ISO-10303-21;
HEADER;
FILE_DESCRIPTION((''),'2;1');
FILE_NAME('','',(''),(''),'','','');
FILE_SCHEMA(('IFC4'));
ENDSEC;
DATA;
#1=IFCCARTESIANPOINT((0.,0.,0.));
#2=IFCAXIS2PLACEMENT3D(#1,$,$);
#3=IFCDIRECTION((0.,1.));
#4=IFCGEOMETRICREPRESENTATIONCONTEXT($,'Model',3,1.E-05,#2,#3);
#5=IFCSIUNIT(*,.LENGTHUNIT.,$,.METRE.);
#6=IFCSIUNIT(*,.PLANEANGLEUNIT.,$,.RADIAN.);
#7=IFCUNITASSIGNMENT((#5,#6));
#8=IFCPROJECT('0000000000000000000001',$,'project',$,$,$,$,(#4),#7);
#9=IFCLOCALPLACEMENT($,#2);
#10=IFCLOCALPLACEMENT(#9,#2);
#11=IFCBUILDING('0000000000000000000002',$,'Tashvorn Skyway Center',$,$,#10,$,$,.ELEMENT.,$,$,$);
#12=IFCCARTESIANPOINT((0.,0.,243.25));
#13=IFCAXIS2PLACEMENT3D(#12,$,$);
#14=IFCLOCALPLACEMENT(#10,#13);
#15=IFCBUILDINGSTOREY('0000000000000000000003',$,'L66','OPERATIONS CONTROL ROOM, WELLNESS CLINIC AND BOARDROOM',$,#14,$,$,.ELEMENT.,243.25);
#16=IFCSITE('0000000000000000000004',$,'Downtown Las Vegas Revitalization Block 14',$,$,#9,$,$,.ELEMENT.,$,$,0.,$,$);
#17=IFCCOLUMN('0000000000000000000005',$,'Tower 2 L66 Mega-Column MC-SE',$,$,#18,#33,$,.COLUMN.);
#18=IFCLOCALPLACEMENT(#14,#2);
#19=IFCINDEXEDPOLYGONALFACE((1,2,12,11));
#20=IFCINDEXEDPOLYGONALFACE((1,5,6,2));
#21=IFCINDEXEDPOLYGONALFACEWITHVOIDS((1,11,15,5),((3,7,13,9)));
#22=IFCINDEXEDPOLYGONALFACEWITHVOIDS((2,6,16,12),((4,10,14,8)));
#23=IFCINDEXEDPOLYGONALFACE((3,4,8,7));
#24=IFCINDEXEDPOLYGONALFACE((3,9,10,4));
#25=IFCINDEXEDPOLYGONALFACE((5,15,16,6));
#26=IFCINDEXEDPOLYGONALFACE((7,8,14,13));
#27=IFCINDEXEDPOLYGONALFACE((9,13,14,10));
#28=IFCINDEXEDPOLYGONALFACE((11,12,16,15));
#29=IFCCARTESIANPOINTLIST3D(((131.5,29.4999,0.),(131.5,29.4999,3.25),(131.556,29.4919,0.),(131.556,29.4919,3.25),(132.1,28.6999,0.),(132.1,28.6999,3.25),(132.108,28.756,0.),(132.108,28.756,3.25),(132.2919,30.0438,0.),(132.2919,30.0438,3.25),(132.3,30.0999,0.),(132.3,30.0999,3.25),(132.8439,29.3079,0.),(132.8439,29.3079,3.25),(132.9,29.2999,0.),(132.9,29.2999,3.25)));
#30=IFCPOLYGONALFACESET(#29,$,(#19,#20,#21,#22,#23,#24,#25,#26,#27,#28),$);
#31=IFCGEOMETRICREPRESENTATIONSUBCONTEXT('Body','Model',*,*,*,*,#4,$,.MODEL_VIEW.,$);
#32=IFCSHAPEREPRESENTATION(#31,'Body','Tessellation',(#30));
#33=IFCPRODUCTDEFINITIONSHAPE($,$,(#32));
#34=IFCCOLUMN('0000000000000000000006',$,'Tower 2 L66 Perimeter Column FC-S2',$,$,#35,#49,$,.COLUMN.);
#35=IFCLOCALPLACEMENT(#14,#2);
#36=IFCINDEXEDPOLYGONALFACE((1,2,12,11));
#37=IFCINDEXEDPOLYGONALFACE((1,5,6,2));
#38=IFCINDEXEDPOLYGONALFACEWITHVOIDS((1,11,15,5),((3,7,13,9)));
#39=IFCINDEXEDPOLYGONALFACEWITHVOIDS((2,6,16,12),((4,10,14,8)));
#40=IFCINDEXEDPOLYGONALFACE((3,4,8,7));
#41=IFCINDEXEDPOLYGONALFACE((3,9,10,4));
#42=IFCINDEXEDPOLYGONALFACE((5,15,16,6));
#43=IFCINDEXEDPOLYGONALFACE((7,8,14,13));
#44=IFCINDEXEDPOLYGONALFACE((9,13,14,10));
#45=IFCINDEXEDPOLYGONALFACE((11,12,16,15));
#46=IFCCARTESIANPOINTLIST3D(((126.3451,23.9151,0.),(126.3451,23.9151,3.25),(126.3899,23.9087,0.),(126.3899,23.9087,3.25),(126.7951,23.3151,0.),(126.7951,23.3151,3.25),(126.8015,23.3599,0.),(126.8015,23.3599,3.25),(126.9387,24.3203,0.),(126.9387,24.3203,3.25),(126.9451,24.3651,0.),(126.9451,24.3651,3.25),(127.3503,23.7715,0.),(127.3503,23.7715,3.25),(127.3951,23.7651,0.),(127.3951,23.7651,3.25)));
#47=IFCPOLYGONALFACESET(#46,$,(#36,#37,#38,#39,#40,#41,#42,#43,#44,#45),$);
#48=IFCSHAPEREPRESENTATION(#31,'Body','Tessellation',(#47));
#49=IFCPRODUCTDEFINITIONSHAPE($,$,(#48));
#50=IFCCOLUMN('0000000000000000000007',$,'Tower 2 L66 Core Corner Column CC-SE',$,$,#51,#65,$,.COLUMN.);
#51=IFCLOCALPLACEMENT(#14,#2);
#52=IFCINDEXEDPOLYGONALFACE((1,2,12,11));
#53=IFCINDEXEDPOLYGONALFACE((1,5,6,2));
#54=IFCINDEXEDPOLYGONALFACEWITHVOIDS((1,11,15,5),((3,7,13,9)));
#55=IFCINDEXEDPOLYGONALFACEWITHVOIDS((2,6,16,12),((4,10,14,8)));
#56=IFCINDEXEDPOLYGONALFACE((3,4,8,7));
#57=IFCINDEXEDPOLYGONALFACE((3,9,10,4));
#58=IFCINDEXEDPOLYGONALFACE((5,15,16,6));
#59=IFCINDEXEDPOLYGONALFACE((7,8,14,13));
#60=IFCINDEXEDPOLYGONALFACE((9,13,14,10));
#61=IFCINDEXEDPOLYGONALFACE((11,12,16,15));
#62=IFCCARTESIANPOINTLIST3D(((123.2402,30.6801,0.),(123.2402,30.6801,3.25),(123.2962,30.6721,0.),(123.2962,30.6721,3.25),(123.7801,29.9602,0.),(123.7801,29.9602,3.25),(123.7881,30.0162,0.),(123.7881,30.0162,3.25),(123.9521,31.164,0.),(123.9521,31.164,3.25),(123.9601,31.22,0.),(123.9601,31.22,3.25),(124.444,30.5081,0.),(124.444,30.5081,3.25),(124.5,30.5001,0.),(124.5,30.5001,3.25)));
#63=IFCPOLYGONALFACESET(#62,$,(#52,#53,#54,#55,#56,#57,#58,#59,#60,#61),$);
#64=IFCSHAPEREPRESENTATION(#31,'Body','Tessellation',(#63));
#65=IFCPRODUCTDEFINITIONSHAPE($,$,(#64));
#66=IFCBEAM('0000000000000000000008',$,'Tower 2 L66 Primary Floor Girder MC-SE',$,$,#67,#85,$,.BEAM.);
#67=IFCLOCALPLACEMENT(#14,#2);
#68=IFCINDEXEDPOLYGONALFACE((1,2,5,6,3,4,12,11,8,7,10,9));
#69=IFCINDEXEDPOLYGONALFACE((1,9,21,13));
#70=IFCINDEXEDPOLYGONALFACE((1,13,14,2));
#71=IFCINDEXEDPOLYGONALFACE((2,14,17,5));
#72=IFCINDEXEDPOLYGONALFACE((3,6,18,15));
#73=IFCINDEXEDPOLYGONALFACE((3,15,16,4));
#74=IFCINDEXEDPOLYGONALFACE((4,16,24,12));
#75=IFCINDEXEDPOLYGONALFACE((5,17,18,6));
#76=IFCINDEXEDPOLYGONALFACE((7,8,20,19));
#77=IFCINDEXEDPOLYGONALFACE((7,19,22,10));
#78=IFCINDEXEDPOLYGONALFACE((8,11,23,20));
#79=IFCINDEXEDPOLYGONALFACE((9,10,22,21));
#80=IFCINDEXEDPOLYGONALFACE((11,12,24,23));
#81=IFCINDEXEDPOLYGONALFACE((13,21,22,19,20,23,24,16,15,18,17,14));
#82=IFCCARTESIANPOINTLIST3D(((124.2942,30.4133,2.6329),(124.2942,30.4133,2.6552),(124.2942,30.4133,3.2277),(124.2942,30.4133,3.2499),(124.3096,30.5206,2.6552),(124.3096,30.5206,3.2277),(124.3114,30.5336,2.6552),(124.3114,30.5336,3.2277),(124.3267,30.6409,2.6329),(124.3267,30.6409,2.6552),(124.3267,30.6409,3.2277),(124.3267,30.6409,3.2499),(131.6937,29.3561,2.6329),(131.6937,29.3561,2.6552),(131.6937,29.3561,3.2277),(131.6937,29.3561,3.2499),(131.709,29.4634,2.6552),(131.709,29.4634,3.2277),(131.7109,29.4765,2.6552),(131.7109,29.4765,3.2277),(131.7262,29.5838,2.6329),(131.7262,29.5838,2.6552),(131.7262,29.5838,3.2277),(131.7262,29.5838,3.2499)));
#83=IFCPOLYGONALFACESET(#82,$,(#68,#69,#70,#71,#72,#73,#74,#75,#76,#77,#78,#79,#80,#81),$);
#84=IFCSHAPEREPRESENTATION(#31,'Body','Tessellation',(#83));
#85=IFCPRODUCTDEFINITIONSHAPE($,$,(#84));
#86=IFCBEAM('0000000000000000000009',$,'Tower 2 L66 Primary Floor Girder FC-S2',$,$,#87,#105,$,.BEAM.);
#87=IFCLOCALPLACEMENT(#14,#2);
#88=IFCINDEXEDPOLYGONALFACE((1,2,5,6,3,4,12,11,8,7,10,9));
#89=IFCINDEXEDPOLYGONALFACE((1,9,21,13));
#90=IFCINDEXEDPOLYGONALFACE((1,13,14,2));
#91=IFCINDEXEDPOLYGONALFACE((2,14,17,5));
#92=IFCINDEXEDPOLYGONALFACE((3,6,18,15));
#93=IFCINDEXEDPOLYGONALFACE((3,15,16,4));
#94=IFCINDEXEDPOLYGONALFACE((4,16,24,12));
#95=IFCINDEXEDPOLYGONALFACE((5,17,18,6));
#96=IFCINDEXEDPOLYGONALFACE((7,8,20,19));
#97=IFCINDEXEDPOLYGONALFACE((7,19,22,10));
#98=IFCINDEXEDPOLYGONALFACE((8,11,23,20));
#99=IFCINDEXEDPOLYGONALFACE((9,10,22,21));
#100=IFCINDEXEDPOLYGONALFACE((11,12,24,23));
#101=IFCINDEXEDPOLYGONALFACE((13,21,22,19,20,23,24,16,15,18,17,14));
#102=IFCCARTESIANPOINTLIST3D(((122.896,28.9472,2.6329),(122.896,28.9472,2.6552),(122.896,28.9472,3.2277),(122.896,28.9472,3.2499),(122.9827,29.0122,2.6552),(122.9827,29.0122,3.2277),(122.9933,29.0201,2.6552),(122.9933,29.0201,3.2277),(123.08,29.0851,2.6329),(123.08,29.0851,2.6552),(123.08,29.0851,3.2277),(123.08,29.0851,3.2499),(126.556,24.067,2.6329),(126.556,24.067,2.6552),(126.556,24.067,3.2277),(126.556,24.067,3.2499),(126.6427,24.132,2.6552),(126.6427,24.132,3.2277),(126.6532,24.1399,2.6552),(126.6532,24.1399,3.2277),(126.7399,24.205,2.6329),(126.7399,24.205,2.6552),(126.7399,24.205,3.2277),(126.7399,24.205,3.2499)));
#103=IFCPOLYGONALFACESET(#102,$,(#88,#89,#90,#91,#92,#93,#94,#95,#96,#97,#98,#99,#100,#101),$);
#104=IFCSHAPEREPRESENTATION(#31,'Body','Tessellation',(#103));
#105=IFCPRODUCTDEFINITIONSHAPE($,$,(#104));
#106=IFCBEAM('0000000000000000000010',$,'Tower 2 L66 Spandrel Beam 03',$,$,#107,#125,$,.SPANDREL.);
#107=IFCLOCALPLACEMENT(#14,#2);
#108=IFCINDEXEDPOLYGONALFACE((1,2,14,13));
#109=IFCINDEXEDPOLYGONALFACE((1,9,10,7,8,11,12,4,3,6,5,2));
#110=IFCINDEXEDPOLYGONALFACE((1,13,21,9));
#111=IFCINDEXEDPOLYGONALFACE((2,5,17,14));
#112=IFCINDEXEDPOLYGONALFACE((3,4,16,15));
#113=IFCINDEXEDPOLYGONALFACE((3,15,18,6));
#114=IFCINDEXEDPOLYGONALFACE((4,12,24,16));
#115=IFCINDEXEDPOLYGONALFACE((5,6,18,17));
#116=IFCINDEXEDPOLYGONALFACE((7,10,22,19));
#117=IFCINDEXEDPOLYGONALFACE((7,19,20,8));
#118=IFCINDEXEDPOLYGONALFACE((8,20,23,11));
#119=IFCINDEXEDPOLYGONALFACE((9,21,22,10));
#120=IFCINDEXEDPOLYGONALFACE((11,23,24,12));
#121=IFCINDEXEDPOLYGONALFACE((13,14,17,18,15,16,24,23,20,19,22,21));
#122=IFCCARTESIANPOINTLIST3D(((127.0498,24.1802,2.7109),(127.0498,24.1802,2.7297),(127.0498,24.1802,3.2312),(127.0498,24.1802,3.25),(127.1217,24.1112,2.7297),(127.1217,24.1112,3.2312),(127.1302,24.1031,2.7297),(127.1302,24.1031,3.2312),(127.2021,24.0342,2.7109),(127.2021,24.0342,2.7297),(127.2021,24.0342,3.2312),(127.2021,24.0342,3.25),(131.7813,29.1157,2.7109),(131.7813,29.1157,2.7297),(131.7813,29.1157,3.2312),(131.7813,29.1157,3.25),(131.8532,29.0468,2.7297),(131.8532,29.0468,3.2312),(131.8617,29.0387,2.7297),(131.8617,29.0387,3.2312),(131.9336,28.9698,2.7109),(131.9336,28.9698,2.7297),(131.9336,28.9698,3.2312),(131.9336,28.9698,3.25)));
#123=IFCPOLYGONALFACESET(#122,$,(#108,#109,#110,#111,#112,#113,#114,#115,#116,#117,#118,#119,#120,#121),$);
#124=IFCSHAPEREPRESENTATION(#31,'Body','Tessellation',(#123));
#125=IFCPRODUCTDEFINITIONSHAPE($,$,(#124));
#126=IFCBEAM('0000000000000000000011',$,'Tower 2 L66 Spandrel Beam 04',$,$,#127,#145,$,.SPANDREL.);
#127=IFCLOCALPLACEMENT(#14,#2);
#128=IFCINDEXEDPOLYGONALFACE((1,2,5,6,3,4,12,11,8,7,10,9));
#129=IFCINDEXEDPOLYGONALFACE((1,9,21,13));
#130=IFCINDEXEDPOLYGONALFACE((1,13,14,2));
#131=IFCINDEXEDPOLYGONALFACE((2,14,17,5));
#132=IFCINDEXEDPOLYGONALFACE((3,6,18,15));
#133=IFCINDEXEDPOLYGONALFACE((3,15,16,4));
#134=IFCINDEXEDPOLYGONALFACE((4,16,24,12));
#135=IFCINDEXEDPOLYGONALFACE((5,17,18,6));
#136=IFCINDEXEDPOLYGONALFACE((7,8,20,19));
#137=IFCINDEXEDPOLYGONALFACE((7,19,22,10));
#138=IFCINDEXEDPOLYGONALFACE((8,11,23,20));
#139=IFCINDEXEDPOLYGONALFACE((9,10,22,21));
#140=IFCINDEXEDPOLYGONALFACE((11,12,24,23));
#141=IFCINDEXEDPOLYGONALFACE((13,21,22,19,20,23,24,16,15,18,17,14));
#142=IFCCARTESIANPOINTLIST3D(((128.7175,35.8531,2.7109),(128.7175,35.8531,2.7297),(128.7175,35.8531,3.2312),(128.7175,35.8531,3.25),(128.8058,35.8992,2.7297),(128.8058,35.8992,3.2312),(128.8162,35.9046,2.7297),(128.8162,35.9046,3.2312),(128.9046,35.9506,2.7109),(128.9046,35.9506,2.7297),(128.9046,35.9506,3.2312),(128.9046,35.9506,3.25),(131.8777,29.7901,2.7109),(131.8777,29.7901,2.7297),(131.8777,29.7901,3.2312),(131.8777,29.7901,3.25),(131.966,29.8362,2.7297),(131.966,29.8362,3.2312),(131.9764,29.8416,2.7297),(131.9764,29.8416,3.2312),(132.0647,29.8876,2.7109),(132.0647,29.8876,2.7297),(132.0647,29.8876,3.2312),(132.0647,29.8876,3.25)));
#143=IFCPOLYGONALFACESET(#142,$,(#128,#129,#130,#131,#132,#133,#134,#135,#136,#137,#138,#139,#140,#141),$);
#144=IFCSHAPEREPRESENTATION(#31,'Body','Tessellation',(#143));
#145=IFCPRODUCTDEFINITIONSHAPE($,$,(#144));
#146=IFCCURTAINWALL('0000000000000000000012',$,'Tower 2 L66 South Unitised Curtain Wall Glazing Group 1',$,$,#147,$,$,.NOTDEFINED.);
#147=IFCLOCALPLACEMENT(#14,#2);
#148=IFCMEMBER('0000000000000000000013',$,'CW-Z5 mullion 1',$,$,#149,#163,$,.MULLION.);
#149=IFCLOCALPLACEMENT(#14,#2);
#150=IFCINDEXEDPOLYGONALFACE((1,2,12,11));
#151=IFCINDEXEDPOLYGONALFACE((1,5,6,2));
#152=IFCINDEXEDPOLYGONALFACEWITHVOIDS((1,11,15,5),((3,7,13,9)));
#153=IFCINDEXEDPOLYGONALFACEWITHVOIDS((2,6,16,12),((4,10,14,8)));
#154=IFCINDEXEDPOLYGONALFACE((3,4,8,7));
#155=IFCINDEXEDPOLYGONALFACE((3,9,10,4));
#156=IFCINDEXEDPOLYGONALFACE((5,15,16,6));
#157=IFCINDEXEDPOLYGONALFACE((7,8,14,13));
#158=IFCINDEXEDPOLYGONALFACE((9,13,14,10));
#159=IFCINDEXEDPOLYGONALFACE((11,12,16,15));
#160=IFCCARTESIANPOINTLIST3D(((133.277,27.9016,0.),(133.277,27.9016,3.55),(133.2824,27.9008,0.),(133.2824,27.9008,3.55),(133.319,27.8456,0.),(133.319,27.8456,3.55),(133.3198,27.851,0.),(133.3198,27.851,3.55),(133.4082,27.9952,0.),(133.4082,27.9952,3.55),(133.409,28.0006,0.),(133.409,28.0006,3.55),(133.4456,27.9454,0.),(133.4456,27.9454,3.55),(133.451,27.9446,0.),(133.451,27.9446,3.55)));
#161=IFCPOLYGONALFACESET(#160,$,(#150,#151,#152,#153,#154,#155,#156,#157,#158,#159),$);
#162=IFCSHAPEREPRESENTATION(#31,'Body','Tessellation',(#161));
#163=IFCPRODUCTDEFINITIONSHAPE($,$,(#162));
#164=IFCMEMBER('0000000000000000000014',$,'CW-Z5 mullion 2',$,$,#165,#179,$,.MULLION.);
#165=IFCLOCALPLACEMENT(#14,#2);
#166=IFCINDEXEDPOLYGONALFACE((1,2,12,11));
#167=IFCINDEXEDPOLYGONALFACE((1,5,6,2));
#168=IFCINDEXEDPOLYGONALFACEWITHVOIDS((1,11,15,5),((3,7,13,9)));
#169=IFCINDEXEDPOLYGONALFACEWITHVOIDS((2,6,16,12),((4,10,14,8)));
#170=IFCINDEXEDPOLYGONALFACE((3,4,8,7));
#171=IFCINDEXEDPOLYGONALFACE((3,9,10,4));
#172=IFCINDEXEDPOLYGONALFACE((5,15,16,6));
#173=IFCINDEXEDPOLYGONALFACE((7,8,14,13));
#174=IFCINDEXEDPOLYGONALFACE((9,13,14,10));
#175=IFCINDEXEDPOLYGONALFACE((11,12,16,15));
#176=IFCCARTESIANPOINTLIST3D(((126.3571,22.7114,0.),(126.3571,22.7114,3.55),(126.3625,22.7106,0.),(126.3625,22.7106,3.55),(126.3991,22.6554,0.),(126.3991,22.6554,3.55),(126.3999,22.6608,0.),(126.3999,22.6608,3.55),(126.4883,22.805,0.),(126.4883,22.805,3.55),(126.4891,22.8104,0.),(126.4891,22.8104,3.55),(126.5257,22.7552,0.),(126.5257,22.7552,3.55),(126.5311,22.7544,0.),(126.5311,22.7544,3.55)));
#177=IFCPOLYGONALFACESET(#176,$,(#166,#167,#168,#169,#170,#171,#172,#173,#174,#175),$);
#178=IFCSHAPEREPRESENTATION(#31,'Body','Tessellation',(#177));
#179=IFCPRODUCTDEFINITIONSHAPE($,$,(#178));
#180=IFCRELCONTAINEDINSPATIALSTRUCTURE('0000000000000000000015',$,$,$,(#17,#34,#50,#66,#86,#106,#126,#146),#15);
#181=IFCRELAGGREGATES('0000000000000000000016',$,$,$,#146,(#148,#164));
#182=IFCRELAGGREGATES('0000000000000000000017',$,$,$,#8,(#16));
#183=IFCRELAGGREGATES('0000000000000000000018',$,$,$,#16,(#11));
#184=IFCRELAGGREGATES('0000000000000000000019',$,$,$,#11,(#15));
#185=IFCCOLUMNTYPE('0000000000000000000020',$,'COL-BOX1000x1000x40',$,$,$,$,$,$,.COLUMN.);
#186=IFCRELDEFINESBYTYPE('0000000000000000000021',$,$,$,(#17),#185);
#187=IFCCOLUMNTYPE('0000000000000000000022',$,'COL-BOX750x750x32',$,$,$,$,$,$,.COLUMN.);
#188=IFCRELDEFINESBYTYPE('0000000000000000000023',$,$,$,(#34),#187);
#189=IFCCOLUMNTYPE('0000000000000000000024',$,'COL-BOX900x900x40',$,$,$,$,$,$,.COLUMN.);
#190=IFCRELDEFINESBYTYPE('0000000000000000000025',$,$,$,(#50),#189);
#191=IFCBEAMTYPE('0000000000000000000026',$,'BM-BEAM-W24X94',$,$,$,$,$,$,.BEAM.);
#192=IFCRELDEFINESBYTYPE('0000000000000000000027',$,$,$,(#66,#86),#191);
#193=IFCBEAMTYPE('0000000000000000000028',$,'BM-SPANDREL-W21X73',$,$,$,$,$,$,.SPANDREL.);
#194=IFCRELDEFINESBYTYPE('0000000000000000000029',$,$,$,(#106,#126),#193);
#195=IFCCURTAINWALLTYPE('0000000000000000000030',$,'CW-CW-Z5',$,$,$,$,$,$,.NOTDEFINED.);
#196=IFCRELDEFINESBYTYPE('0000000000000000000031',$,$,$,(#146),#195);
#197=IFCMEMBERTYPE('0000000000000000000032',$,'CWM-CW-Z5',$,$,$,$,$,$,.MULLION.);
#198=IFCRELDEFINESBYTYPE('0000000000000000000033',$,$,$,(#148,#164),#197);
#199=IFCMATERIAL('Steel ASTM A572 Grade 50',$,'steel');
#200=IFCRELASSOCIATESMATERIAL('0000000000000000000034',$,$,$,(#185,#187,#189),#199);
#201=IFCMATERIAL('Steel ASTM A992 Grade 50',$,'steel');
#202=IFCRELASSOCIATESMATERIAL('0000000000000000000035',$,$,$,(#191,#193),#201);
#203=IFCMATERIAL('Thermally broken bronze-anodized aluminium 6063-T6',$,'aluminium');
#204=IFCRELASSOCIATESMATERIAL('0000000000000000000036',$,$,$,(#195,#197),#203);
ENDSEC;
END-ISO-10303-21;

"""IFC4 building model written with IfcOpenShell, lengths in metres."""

from ifc_helpers import new_model, si_unit, direction, frame, origin, origin_2d, place, context, subcontext, project, spatial, hollow_rectangle, i_section, extrude, material, material_profile, profile_set, type_object, element, aggregate, save


model = new_model("IFC4")

# Units and contexts
model_context = context("Model", 3, precision=1e-05, world=origin(), true_north=direction((0.0, 1.0)))
body_context = subcontext(model_context, "Body", "Model", "MODEL_VIEW")
ifc_project = project(units=[si_unit("LENGTHUNIT", "METRE"), si_unit("PLANEANGLEUNIT", "RADIAN")], contexts=[model_context])

# Site, building, storey
site_placement = place(None, origin())
site = spatial("IfcSite", under=ifc_project, at=site_placement, Name="Downtown Las Vegas Revitalization Block 14", CompositionType="ELEMENT", RefElevation=0.0)
building_placement = place(site_placement, origin())
building = spatial("IfcBuilding", under=site, at=building_placement, Name="Tashvorn Skyway Center", CompositionType="ELEMENT")
storey_placement = place(building_placement, frame((0.0, 0.0, 243.25)))
storey = spatial("IfcBuildingStorey", under=building, at=storey_placement, Name="L66", Description="OPERATIONS CONTROL ROOM, WELLNESS CLINIC AND BOARDROOM", CompositionType="ELEMENT", Elevation=243.25)

# Columns
ifc_material_1 = material(Name="Steel ASTM A572 Grade 50", Category="steel")
ifc_material_profile_1 = material_profile(ifc_material_1, hollow_rectangle(XDim=1.0, YDim=1.0, WallThickness=0.04, at=origin_2d()), Name="BOX1000x1000x40")
ifc_profile_set_1 = profile_set([ifc_material_profile_1], Name="Steel ASTM A572 Grade 50")
column_type_1 = type_object("IfcColumnType", Name="COL-BOX1000x1000x40", PredefinedType="COLUMN", material=ifc_profile_set_1)
column_1_placement = place(storey_placement, frame((132.2, 29.3999, 0.0), z_axis=(0.0, 0.0, 1.0), x_axis=(0.8, 0.6, 0.0)))
element("IfcColumn", 1, at=column_1_placement, inside=storey, type_object=column_type_1, Name="Tower 2 L66 Mega-Column MC-SE", PredefinedType="COLUMN", context=body_context, shape_type="SweptSolid", body=[
    extrude(hollow_rectangle(XDim=1.0, YDim=1.0, WallThickness=0.04, at=origin_2d()), origin(), (0.0, 0.0, 1.0), 3.25),
])
ifc_material_profile_2 = material_profile(ifc_material_1, hollow_rectangle(XDim=0.75, YDim=0.75, WallThickness=0.032, at=origin_2d()), Name="BOX750x750x32")
ifc_profile_set_2 = profile_set([ifc_material_profile_2], Name="Steel ASTM A572 Grade 50")
column_type_2 = type_object("IfcColumnType", Name="COL-BOX750x750x32", PredefinedType="COLUMN", material=ifc_profile_set_2)
column_2_placement = place(storey_placement, frame((126.8701, 23.8401, 0.0), z_axis=(0.0, 0.0, 1.0), x_axis=(0.8, 0.6, 0.0)))
element("IfcColumn", 2, at=column_2_placement, inside=storey, type_object=column_type_2, Name="Tower 2 L66 Perimeter Column FC-S2", PredefinedType="COLUMN", context=body_context, shape_type="SweptSolid", body=[
    extrude(hollow_rectangle(XDim=0.75, YDim=0.75, WallThickness=0.032, at=origin_2d()), origin(), (0.0, 0.0, 1.0), 3.25),
])
ifc_material_profile_3 = material_profile(ifc_material_1, hollow_rectangle(XDim=0.8999, YDim=0.8999, WallThickness=0.04, at=origin_2d()), Name="BOX900x900x40")
ifc_profile_set_3 = profile_set([ifc_material_profile_3], Name="Steel ASTM A572 Grade 50")
column_type_3 = type_object("IfcColumnType", Name="COL-BOX900x900x40", PredefinedType="COLUMN", material=ifc_profile_set_3)
column_3_placement = place(storey_placement, frame((123.8701, 30.5901, 0.0), z_axis=(0.0, 0.0, 1.0), x_axis=(0.8, 0.6, 0.0)))
element("IfcColumn", 3, at=column_3_placement, inside=storey, type_object=column_type_3, Name="Tower 2 L66 Core Corner Column CC-SE", PredefinedType="COLUMN", context=body_context, shape_type="SweptSolid", body=[
    extrude(hollow_rectangle(XDim=0.8999, YDim=0.8999, WallThickness=0.04, at=origin_2d()), origin(), (0.0, 0.0, 1.0), 3.25),
])

# Beams
ifc_material_2 = material(Name="Steel ASTM A992 Grade 50", Category="steel")
ifc_material_profile_4 = material_profile(ifc_material_2, i_section(OverallWidth=0.23, OverallDepth=0.6169, WebThickness=0.0132, FlangeThickness=0.0222, at=origin_2d()), Name="W24X94")
ifc_profile_set_4 = profile_set([ifc_material_profile_4], Name="Steel ASTM A992 Grade 50")
beam_type_1 = type_object("IfcBeamType", Name="BM-BEAM-W24X94", PredefinedType="BEAM", material=ifc_profile_set_4)
beam_1_placement = place(storey_placement, frame((131.71, 29.47, 2.9414), z_axis=(-0.989948, 0.141431, 0.0), x_axis=(-0.141431, -0.989948, 0.0)))
element("IfcBeam", 4, at=beam_1_placement, inside=storey, type_object=beam_type_1, Name="Tower 2 L66 Primary Floor Girder MC-SE", PredefinedType="BEAM", context=body_context, shape_type="SweptSolid", body=[
    extrude(i_section(OverallWidth=0.23, OverallDepth=0.6169, WebThickness=0.0132, FlangeThickness=0.0222, at=origin_2d()), origin(), (0.0, 0.0, 1.0), 7.4746),
])
beam_2_placement = place(storey_placement, frame((126.6479, 24.136, 2.9414), z_axis=(-0.599981, 0.800014, 0.0), x_axis=(-0.800014, -0.599981, 0.0)))
element("IfcBeam", 5, at=beam_2_placement, inside=storey, type_object=beam_type_1, Name="Tower 2 L66 Primary Floor Girder FC-S2", PredefinedType="BEAM", context=body_context, shape_type="SweptSolid", body=[
    extrude(i_section(OverallWidth=0.23, OverallDepth=0.6169, WebThickness=0.0132, FlangeThickness=0.0222, at=origin_2d()), origin(), (0.0, 0.0, 1.0), 6.1001),
])
ifc_material_profile_5 = material_profile(ifc_material_2, i_section(OverallWidth=0.2109, OverallDepth=0.5391, WebThickness=0.0117, FlangeThickness=0.0188, at=origin_2d()), Name="W21X73")
ifc_profile_set_5 = profile_set([ifc_material_profile_5], Name="Steel ASTM A992 Grade 50")
beam_type_2 = type_object("IfcBeamType", Name="BM-SPANDREL-W21X73", PredefinedType="SPANDREL", material=ifc_profile_set_5)
for number, where, z_axis, x_axis, name in (
    (6, (127.126, 24.1072, 2.9805), (0.692023, 0.721875, 0.0), (-0.721875, 0.692023, 0.0), "Tower 2 L66 Spandrel Beam 03"),
    (7, (131.9712, 29.8389, 2.9805), (-0.462205, 0.886773, 0.0), (-0.886773, -0.462205, 0.0), "Tower 2 L66 Spandrel Beam 04"),
):
    element("IfcBeam", number, at=place(storey_placement, frame(where, z_axis=z_axis, x_axis=x_axis)), inside=storey, type_object=beam_type_2, Name=name, PredefinedType="SPANDREL", context=body_context, shape_type="SweptSolid", body=[
        extrude(i_section(OverallWidth=0.2109, OverallDepth=0.5391, WebThickness=0.0117, FlangeThickness=0.0188, at=origin_2d()), origin(), (0.0, 0.0, 1.0), 6.8372),
    ])

# Curtain wall, members
ifc_material_3 = material(Name="Thermally broken bronze-anodized aluminium 6063-T6", Category="aluminium")
curtain_wall_type = type_object("IfcCurtainWallType", Name="CW-CW-Z5", PredefinedType="NOTDEFINED", material=ifc_material_3)
curtain_wall_1_placement = place(storey_placement, origin())
curtain_wall_1 = element("IfcCurtainWall", 8, at=curtain_wall_1_placement, inside=storey, type_object=curtain_wall_type, Name="Tower 2 L66 South Unitised Curtain Wall Glazing Group 1", PredefinedType="NOTDEFINED")
ifc_material_profile_6 = material_profile(ifc_material_3, hollow_rectangle(XDim=0.0701, YDim=0.165, WallThickness=0.0039, at=origin_2d()), Name="ALU-MULL-70x165")
ifc_profile_set_6 = profile_set([ifc_material_profile_6], Name="Thermally broken bronze-anodized aluminium 6063-T6")
member_type_1 = type_object("IfcMemberType", Name="CWM-CW-Z5", PredefinedType="MULLION", material=ifc_profile_set_6)
member_1_placement = place(storey_placement, frame((133.364, 27.9231, 0.0), z_axis=(0.0, 0.0, 1.0), x_axis=(0.6, -0.8, 0.0)))
member_1 = element("IfcMember", 9, at=member_1_placement, type_object=member_type_1, Name="CW-Z5 mullion 1", PredefinedType="MULLION", context=body_context, shape_type="SweptSolid", body=[
    extrude(hollow_rectangle(XDim=0.0701, YDim=0.165, WallThickness=0.0039, at=origin_2d()), origin(), (0.0, 0.0, 1.0), 3.55),
])
member_2_placement = place(storey_placement, frame((126.4441, 22.7329, 0.0), z_axis=(0.0, 0.0, 1.0), x_axis=(0.6, -0.8, 0.0)))
member_2 = element("IfcMember", 10, at=member_2_placement, type_object=member_type_1, Name="CW-Z5 mullion 2", PredefinedType="MULLION", context=body_context, shape_type="SweptSolid", body=[
    extrude(hollow_rectangle(XDim=0.0701, YDim=0.165, WallThickness=0.0039, at=origin_2d()), origin(), (0.0, 0.0, 1.0), 3.55),
])

aggregate(curtain_wall_1, [member_1, member_2])

save(model, "model.ifc")
